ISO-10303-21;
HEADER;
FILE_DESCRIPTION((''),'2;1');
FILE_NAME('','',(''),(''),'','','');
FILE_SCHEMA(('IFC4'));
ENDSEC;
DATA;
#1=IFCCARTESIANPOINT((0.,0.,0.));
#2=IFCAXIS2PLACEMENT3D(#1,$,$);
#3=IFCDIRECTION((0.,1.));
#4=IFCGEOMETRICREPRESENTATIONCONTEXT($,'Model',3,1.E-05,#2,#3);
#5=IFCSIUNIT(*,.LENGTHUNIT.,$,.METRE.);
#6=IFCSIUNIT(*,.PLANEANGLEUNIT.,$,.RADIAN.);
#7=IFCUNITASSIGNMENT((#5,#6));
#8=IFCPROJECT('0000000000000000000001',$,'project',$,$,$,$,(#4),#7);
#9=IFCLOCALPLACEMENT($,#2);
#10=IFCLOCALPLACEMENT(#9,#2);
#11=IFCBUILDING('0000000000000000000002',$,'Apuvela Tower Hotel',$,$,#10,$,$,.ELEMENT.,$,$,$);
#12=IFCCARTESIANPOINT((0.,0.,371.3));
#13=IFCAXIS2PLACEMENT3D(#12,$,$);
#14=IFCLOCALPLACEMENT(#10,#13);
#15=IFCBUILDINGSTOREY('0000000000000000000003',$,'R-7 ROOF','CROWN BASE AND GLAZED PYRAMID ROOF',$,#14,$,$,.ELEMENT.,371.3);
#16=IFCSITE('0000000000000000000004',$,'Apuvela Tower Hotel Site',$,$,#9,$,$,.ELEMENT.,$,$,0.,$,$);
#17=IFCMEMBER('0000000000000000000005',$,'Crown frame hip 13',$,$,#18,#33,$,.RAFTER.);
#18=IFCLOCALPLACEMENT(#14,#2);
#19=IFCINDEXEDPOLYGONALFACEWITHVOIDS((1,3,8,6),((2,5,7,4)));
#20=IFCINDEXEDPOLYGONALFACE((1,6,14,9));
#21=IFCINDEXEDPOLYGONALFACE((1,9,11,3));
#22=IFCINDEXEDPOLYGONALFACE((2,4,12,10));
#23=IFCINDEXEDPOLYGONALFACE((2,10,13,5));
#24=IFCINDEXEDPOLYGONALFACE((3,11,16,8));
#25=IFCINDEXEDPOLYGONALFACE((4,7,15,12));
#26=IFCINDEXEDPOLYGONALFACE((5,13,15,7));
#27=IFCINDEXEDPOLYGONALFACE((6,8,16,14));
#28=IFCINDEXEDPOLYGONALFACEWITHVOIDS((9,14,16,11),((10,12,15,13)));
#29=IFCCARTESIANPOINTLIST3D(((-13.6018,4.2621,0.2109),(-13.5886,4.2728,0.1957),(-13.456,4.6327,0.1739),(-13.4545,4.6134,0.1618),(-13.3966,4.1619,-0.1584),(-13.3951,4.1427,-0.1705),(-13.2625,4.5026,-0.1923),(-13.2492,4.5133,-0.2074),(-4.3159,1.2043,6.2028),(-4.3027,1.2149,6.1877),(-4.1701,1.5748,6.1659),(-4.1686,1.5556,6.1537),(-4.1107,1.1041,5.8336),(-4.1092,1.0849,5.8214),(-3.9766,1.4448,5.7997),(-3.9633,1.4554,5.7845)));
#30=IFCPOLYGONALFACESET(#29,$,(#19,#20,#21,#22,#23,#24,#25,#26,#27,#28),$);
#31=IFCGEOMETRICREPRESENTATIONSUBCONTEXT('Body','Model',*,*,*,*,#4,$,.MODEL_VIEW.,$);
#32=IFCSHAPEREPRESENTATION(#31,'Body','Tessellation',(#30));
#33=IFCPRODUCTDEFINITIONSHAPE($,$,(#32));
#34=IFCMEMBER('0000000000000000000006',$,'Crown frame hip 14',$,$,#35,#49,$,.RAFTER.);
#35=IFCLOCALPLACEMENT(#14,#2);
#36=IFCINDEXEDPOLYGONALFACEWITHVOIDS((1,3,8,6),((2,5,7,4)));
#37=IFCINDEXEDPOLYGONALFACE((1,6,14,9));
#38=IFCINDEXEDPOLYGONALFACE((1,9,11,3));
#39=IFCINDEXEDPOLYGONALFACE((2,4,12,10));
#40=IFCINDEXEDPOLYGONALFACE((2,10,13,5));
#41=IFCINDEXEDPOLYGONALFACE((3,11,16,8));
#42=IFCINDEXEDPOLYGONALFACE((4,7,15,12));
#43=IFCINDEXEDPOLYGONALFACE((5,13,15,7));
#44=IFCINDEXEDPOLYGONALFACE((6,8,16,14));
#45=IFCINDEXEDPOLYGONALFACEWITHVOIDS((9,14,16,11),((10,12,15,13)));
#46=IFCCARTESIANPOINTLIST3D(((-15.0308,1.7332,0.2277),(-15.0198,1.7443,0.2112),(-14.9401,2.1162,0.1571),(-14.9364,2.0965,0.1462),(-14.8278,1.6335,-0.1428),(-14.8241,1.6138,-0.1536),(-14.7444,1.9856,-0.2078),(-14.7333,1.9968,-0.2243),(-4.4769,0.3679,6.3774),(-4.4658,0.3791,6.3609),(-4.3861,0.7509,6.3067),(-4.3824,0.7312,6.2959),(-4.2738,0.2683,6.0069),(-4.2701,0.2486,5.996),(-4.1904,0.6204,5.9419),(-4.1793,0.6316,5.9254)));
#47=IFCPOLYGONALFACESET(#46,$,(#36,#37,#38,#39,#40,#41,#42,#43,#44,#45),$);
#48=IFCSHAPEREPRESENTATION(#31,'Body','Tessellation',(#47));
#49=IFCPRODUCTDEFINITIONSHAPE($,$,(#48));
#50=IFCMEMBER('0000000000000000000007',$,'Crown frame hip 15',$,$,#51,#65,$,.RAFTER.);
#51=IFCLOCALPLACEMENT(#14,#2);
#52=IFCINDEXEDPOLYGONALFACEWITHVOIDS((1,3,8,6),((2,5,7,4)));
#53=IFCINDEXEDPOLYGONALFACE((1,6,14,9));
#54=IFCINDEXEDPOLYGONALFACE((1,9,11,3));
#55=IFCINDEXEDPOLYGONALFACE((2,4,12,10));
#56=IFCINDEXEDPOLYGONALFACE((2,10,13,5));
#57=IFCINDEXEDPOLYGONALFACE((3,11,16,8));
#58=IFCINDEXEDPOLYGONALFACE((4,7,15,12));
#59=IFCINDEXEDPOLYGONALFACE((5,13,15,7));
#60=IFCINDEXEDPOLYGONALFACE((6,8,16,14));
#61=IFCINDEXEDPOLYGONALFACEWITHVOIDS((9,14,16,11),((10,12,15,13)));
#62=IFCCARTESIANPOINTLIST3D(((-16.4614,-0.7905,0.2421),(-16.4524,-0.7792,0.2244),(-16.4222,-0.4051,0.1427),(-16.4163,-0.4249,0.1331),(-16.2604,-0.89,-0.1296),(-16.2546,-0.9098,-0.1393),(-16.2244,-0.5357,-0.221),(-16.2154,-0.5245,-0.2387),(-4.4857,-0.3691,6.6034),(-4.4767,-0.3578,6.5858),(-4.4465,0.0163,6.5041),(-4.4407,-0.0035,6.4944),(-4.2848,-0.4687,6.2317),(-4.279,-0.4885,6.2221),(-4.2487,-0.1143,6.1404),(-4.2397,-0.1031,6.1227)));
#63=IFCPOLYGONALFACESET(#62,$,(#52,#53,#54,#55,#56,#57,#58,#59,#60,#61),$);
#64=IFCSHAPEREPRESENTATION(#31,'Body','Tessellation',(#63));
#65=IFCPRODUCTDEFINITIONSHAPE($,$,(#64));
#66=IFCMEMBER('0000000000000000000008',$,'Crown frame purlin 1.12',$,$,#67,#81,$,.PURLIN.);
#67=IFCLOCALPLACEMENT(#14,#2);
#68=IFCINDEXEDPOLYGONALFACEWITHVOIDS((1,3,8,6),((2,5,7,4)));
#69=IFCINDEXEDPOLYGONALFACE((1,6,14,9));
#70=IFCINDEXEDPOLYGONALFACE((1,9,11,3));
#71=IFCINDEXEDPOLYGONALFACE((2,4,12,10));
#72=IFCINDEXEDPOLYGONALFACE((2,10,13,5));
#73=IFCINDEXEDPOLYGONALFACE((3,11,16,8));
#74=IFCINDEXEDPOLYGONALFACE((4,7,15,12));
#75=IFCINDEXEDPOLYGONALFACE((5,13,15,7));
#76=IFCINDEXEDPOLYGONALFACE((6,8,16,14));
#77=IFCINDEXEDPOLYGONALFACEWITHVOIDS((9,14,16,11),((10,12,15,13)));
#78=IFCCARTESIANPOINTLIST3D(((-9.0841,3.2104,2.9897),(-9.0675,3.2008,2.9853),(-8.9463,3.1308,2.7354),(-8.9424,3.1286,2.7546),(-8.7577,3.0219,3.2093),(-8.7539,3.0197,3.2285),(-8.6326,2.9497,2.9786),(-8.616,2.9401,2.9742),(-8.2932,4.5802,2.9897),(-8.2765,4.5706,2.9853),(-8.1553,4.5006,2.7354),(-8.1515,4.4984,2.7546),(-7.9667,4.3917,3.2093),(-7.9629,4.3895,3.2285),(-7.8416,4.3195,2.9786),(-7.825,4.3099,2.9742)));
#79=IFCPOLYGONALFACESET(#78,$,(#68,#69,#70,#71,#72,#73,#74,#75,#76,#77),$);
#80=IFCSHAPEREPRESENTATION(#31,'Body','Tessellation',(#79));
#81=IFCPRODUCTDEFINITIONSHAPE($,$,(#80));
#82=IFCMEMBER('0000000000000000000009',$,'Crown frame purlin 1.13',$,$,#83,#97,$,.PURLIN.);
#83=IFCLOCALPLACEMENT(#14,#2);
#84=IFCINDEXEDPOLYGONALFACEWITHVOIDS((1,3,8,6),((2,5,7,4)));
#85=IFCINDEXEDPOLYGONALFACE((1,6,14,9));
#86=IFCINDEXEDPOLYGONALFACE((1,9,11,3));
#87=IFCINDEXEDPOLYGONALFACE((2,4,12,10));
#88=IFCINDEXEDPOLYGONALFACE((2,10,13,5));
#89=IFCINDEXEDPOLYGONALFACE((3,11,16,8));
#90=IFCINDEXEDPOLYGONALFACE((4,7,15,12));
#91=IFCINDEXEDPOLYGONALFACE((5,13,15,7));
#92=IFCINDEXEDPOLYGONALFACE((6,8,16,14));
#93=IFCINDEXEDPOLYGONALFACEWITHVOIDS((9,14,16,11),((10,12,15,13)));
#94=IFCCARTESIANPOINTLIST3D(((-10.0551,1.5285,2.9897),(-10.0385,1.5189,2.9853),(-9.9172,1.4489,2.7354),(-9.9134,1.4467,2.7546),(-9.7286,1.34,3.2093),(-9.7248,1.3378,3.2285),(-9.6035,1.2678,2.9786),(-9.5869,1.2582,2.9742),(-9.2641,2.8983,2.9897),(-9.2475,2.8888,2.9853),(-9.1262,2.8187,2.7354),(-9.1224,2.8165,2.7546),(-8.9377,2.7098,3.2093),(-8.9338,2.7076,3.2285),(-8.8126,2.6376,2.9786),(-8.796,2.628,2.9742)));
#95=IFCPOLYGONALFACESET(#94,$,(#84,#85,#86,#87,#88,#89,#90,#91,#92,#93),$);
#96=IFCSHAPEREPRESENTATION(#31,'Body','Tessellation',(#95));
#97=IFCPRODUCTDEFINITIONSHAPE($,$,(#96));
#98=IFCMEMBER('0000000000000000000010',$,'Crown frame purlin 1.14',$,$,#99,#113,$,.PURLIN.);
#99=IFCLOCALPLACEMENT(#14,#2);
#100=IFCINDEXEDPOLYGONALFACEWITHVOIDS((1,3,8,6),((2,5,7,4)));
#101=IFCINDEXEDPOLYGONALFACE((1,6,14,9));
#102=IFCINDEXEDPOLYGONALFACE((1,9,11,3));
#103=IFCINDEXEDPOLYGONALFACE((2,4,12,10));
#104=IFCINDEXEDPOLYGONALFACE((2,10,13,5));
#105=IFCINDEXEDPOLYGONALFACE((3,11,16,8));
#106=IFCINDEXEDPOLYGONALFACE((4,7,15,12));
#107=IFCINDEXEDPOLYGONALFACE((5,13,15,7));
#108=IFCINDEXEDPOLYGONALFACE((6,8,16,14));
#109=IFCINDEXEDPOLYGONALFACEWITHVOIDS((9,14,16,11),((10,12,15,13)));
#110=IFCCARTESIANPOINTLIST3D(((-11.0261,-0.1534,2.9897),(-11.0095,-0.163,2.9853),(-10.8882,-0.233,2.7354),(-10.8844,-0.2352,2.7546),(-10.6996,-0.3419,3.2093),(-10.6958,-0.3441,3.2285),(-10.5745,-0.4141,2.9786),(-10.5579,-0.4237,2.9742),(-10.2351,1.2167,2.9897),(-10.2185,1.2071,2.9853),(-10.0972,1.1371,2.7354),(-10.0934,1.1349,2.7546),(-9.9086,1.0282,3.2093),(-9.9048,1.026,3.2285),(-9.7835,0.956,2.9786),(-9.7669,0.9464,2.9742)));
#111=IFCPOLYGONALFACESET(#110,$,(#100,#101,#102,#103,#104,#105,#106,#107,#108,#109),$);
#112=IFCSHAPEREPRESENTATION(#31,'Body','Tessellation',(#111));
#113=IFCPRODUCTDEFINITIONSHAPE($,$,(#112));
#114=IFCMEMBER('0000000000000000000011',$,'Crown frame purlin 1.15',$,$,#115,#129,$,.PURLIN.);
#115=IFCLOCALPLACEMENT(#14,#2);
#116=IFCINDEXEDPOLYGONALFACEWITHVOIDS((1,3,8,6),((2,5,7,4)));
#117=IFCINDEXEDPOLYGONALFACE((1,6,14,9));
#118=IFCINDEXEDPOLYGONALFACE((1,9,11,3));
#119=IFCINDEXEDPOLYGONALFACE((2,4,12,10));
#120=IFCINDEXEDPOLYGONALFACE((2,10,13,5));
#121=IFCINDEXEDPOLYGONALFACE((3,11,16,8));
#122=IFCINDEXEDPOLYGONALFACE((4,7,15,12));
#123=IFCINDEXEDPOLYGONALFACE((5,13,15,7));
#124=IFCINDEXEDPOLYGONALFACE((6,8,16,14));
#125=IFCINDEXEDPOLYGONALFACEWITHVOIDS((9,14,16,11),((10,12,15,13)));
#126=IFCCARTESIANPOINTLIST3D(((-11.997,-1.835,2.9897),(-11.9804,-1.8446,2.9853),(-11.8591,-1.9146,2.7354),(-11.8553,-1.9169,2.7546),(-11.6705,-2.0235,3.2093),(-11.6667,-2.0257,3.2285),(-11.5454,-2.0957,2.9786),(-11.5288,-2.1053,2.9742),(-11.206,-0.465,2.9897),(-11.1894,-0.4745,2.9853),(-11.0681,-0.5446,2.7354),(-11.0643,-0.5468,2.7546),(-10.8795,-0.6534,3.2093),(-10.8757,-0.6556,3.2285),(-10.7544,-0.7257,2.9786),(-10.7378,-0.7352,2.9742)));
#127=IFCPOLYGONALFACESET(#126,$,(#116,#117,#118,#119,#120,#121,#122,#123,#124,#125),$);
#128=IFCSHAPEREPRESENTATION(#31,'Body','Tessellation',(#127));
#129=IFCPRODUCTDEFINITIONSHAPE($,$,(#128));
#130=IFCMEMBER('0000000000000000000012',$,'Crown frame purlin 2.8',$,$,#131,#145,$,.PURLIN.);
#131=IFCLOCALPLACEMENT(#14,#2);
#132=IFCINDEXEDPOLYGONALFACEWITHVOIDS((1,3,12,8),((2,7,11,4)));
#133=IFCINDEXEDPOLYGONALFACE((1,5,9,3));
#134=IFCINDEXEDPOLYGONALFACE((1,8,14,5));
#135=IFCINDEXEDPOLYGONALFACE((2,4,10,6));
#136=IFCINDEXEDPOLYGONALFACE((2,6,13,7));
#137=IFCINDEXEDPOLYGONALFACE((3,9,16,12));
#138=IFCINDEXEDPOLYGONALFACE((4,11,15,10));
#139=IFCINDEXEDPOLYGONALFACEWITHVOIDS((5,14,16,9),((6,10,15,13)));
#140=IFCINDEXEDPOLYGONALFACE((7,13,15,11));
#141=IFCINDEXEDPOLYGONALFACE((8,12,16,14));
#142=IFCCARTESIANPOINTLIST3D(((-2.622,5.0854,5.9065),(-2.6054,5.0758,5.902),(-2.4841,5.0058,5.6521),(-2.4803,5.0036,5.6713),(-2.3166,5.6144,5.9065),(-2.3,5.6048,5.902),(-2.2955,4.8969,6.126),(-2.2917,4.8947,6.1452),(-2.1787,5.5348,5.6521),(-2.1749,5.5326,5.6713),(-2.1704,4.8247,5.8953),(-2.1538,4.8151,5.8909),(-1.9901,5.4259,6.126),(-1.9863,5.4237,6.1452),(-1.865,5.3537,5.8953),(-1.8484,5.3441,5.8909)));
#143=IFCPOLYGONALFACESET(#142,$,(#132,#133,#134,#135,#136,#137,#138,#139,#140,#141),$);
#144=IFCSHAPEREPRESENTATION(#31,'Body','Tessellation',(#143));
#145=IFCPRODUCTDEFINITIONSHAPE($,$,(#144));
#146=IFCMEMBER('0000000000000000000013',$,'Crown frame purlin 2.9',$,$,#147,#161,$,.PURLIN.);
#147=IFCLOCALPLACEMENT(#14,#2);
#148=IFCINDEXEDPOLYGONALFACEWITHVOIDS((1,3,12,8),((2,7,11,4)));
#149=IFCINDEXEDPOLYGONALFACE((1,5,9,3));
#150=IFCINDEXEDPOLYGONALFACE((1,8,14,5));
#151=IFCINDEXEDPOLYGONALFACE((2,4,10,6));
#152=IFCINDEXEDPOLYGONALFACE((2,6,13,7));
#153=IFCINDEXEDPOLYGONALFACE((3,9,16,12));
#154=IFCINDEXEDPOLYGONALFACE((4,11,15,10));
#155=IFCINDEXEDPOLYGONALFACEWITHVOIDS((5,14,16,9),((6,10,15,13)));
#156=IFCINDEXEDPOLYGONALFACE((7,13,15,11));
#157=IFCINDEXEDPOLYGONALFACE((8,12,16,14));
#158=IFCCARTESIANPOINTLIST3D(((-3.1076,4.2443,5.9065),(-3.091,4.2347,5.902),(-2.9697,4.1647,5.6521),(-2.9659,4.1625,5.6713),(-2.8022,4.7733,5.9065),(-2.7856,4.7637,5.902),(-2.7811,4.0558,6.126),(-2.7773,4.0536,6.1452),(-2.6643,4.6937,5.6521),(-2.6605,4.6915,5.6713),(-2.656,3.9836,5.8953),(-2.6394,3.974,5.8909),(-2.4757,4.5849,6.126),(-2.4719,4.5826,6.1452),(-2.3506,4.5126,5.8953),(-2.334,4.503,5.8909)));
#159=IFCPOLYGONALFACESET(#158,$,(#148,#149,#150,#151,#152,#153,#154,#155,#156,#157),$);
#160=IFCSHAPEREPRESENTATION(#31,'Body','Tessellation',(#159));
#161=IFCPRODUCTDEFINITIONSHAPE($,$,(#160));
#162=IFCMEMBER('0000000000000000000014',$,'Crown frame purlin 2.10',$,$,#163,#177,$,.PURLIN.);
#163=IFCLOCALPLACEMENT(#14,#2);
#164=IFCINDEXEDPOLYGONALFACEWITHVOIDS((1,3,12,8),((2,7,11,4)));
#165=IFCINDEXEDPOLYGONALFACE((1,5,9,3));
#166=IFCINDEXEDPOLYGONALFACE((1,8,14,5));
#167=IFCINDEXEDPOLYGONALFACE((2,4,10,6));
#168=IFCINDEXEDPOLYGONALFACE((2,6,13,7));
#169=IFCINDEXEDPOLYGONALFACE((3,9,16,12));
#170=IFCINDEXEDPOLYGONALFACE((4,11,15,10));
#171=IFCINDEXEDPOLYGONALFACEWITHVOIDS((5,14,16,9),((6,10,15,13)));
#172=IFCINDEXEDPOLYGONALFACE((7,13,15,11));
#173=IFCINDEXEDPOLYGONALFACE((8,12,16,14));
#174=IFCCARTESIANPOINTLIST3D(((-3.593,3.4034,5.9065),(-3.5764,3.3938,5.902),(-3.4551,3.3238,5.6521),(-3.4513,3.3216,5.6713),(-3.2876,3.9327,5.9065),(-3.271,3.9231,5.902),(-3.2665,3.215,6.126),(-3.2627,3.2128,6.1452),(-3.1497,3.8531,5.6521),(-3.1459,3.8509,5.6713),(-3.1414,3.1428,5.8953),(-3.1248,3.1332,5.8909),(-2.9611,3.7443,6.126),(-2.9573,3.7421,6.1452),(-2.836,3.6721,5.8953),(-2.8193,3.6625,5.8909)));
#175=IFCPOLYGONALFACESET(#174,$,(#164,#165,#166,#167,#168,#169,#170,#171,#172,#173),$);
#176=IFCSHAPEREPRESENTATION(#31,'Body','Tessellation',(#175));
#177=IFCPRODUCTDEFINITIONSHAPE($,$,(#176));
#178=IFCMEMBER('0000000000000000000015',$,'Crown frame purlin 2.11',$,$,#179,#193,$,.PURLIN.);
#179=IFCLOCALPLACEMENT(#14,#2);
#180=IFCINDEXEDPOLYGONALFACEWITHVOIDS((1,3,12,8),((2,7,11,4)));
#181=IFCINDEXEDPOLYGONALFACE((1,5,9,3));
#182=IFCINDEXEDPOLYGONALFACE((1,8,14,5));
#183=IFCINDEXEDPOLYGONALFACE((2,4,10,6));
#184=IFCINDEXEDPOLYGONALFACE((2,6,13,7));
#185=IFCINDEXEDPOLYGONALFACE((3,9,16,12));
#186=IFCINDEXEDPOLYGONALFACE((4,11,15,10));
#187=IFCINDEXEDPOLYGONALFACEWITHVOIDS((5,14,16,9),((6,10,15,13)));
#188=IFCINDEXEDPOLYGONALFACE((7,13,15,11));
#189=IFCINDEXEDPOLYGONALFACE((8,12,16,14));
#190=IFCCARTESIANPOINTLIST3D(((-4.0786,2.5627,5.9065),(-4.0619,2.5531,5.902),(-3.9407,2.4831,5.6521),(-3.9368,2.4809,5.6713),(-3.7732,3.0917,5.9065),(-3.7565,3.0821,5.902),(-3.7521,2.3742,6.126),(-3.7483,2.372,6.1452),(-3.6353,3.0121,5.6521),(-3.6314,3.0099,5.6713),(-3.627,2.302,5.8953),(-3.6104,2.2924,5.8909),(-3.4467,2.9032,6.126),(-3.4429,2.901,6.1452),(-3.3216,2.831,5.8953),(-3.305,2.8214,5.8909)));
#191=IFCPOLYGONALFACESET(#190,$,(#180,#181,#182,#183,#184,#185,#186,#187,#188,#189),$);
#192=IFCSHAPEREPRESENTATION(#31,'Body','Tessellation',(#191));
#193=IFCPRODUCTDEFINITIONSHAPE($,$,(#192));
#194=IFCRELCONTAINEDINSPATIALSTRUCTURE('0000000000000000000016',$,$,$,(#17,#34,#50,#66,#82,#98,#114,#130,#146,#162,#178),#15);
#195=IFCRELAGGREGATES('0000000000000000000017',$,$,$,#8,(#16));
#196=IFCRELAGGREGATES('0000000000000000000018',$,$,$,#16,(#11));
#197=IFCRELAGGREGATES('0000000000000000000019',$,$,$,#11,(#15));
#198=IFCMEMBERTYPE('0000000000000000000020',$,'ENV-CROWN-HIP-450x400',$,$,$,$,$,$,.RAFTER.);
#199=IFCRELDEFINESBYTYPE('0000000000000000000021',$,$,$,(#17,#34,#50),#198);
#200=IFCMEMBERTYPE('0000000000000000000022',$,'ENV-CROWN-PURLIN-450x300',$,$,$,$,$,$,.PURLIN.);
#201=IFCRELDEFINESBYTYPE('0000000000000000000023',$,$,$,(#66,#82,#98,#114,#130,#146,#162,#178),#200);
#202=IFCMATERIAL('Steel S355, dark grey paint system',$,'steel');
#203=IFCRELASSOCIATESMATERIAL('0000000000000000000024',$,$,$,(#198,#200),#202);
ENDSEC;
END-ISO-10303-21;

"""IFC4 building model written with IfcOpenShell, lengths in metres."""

from ifc_helpers import new_model, si_unit, direction, frame, origin, origin_2d, place, context, subcontext, project, spatial, hollow_rectangle, extrude, material, material_profile, profile_set, type_object, element, save


model = new_model("IFC4")

# Units and contexts
model_context = context("Model", 3, precision=1e-05, world=origin(), true_north=direction((0.0, 1.0)))
body_context = subcontext(model_context, "Body", "Model", "MODEL_VIEW")
ifc_project = project(units=[si_unit("LENGTHUNIT", "METRE"), si_unit("PLANEANGLEUNIT", "RADIAN")], contexts=[model_context])

# Site, building, storey
site_placement = place(None, origin())
site = spatial("IfcSite", under=ifc_project, at=site_placement, Name="Apuvela Tower Hotel Site", CompositionType="ELEMENT", RefElevation=0.0)
building_placement = place(site_placement, origin())
building = spatial("IfcBuilding", under=site, at=building_placement, Name="Apuvela Tower Hotel", CompositionType="ELEMENT")
storey_placement = place(building_placement, frame((0.0, 0.0, 371.3)))
storey = spatial("IfcBuildingStorey", under=building, at=storey_placement, Name="R-7 ROOF", Description="CROWN BASE AND GLAZED PYRAMID ROOF", CompositionType="ELEMENT", Elevation=371.3)

# Members
ifc_material_1 = material(Name="Steel S355, dark grey paint system", Category="steel")
ifc_material_profile_1 = material_profile(ifc_material_1, hollow_rectangle(XDim=0.3999, YDim=0.45, WallThickness=0.0161, at=origin_2d()), Name="HSS 450x400x16")
ifc_profile_set_1 = profile_set([ifc_material_profile_1], Name="Steel S355, dark grey paint system")
member_type_1 = type_object("IfcMemberType", Name="ENV-CROWN-HIP-450x400", PredefinedType="RAFTER", material=ifc_profile_set_1)
member_1_placement = place(storey_placement, frame((-13.4255, 4.3877, 0.0017), z_axis=(0.809825, -0.266677, 0.522559), x_axis=(0.36468, 0.926546, -0.092311)))
element("IfcMember", 1, at=member_1_placement, inside=storey, type_object=member_type_1, Name="Crown frame hip 13", PredefinedType="RAFTER", context=body_context, shape_type="SweptSolid", body=[
    extrude(hollow_rectangle(XDim=0.3999, YDim=0.45, WallThickness=0.0161, at=origin_2d()), origin(), (0.0, 0.0, 1.0), 11.4666),
])
member_2_placement = place(storey_placement, frame((-14.8821, 1.865, 0.0017), z_axis=(0.858675, -0.111076, 0.500339), x_axis=(0.226895, 0.957742, -0.176773)))
element("IfcMember", 2, at=member_2_placement, inside=storey, type_object=member_type_1, Name="Crown frame hip 14", PredefinedType="RAFTER", context=body_context, shape_type="SweptSolid", body=[
    extrude(hollow_rectangle(XDim=0.3999, YDim=0.45, WallThickness=0.0161, at=origin_2d()), origin(), (0.0, 0.0, 1.0), 12.291),
])
member_3_placement = place(storey_placement, frame((-16.3384, -0.6575, 0.0017), z_axis=(0.882711, 0.03106, 0.468889), x_axis=(0.098083, 0.963658, -0.248482)))
element("IfcMember", 3, at=member_3_placement, inside=storey, type_object=member_type_1, Name="Crown frame hip 15", PredefinedType="RAFTER", context=body_context, shape_type="SweptSolid", body=[
    extrude(hollow_rectangle(XDim=0.3999, YDim=0.45, WallThickness=0.0161, at=origin_2d()), origin(), (0.0, 0.0, 1.0), 13.5669),
])
ifc_material_profile_2 = material_profile(ifc_material_1, hollow_rectangle(XDim=0.45, YDim=0.3, WallThickness=0.0139, at=origin_2d()), Name="HSS 450x300x14")
ifc_profile_set_2 = profile_set([ifc_material_profile_2], Name="Steel S355, dark grey paint system")
member_type_2 = type_object("IfcMemberType", Name="ENV-CROWN-PURLIN-450x300", PredefinedType="PURLIN", material=ifc_profile_set_2)
for number, where, z_axis, x_axis, name in (
    (4, (-8.0591, 4.4451, 2.9819), (-0.500056, -0.865993, 0.0), (0.734009, -0.423844, 0.530647), "Crown frame purlin 1.12"),
    (5, (-9.03, 2.7632, 2.9819), (-0.500056, -0.865993, 0.0), (0.734009, -0.423844, 0.530647), "Crown frame purlin 1.13"),
):
    element("IfcMember", number, at=place(storey_placement, frame(where, z_axis=z_axis, x_axis=x_axis)), inside=storey, type_object=member_type_2, Name=name, PredefinedType="PURLIN", context=body_context, shape_type="SweptSolid", body=[
        extrude(hollow_rectangle(XDim=0.45, YDim=0.3, WallThickness=0.0139, at=origin_2d()), origin(), (0.0, 0.0, 1.0), 1.5818),
    ])
for number, where, z_axis, x_axis, name in (
    (6, (-10.001, 1.0815, 2.9819), (-0.49999, -0.866031, 0.0), (0.734042, -0.423788, 0.530647), "Crown frame purlin 1.14"),
    (7, (-10.9719, -0.6001, 2.9819), (-0.49999, -0.866031, 0.0), (0.734042, -0.423788, 0.530647), "Crown frame purlin 1.15"),
):
    element("IfcMember", number, at=place(storey_placement, frame(where, z_axis=z_axis, x_axis=x_axis)), inside=storey, type_object=member_type_2, Name=name, PredefinedType="PURLIN", context=body_context, shape_type="SweptSolid", body=[
        extrude(hollow_rectangle(XDim=0.45, YDim=0.3, WallThickness=0.0139, at=origin_2d()), origin(), (0.0, 0.0, 1.0), 1.582),
    ])
for number, where, z_axis, x_axis, name in (
    (8, (-2.0825, 5.4792, 5.8987), (-0.499965, -0.866046, 0.0), (0.734054, -0.423766, 0.530647), "Crown frame purlin 2.8"),
    (9, (-2.5681, 4.6382, 5.8987), (-0.499965, -0.866046, 0.0), (0.734054, -0.423766, 0.530647), "Crown frame purlin 2.9"),
):
    element("IfcMember", number, at=place(storey_placement, frame(where, z_axis=z_axis, x_axis=x_axis)), inside=storey, type_object=member_type_2, Name=name, PredefinedType="PURLIN", context=body_context, shape_type="SweptSolid", body=[
        extrude(hollow_rectangle(XDim=0.45, YDim=0.3, WallThickness=0.0139, at=origin_2d()), origin(), (0.0, 0.0, 1.0), 0.6108),
    ])
member_4_placement = place(storey_placement, frame((-3.0535, 3.7976, 5.8987), z_axis=(-0.499792, -0.866146, 0.0), x_axis=(0.734139, -0.42362, 0.530647)))
element("IfcMember", 10, at=member_4_placement, inside=storey, type_object=member_type_2, Name="Crown frame purlin 2.10", PredefinedType="PURLIN", context=body_context, shape_type="SweptSolid", body=[
    extrude(hollow_rectangle(XDim=0.45, YDim=0.3, WallThickness=0.0139, at=origin_2d()), origin(), (0.0, 0.0, 1.0), 0.6111),
])
member_5_placement = place(storey_placement, frame((-3.5391, 2.9565, 5.8987), z_axis=(-0.499965, -0.866046, 0.0), x_axis=(0.734054, -0.423766, 0.530647)))
element("IfcMember", 11, at=member_5_placement, inside=storey, type_object=member_type_2, Name="Crown frame purlin 2.11", PredefinedType="PURLIN", context=body_context, shape_type="SweptSolid", body=[
    extrude(hollow_rectangle(XDim=0.45, YDim=0.3, WallThickness=0.0139, at=origin_2d()), origin(), (0.0, 0.0, 1.0), 0.6108),
])

save(model, "model.ifc")
